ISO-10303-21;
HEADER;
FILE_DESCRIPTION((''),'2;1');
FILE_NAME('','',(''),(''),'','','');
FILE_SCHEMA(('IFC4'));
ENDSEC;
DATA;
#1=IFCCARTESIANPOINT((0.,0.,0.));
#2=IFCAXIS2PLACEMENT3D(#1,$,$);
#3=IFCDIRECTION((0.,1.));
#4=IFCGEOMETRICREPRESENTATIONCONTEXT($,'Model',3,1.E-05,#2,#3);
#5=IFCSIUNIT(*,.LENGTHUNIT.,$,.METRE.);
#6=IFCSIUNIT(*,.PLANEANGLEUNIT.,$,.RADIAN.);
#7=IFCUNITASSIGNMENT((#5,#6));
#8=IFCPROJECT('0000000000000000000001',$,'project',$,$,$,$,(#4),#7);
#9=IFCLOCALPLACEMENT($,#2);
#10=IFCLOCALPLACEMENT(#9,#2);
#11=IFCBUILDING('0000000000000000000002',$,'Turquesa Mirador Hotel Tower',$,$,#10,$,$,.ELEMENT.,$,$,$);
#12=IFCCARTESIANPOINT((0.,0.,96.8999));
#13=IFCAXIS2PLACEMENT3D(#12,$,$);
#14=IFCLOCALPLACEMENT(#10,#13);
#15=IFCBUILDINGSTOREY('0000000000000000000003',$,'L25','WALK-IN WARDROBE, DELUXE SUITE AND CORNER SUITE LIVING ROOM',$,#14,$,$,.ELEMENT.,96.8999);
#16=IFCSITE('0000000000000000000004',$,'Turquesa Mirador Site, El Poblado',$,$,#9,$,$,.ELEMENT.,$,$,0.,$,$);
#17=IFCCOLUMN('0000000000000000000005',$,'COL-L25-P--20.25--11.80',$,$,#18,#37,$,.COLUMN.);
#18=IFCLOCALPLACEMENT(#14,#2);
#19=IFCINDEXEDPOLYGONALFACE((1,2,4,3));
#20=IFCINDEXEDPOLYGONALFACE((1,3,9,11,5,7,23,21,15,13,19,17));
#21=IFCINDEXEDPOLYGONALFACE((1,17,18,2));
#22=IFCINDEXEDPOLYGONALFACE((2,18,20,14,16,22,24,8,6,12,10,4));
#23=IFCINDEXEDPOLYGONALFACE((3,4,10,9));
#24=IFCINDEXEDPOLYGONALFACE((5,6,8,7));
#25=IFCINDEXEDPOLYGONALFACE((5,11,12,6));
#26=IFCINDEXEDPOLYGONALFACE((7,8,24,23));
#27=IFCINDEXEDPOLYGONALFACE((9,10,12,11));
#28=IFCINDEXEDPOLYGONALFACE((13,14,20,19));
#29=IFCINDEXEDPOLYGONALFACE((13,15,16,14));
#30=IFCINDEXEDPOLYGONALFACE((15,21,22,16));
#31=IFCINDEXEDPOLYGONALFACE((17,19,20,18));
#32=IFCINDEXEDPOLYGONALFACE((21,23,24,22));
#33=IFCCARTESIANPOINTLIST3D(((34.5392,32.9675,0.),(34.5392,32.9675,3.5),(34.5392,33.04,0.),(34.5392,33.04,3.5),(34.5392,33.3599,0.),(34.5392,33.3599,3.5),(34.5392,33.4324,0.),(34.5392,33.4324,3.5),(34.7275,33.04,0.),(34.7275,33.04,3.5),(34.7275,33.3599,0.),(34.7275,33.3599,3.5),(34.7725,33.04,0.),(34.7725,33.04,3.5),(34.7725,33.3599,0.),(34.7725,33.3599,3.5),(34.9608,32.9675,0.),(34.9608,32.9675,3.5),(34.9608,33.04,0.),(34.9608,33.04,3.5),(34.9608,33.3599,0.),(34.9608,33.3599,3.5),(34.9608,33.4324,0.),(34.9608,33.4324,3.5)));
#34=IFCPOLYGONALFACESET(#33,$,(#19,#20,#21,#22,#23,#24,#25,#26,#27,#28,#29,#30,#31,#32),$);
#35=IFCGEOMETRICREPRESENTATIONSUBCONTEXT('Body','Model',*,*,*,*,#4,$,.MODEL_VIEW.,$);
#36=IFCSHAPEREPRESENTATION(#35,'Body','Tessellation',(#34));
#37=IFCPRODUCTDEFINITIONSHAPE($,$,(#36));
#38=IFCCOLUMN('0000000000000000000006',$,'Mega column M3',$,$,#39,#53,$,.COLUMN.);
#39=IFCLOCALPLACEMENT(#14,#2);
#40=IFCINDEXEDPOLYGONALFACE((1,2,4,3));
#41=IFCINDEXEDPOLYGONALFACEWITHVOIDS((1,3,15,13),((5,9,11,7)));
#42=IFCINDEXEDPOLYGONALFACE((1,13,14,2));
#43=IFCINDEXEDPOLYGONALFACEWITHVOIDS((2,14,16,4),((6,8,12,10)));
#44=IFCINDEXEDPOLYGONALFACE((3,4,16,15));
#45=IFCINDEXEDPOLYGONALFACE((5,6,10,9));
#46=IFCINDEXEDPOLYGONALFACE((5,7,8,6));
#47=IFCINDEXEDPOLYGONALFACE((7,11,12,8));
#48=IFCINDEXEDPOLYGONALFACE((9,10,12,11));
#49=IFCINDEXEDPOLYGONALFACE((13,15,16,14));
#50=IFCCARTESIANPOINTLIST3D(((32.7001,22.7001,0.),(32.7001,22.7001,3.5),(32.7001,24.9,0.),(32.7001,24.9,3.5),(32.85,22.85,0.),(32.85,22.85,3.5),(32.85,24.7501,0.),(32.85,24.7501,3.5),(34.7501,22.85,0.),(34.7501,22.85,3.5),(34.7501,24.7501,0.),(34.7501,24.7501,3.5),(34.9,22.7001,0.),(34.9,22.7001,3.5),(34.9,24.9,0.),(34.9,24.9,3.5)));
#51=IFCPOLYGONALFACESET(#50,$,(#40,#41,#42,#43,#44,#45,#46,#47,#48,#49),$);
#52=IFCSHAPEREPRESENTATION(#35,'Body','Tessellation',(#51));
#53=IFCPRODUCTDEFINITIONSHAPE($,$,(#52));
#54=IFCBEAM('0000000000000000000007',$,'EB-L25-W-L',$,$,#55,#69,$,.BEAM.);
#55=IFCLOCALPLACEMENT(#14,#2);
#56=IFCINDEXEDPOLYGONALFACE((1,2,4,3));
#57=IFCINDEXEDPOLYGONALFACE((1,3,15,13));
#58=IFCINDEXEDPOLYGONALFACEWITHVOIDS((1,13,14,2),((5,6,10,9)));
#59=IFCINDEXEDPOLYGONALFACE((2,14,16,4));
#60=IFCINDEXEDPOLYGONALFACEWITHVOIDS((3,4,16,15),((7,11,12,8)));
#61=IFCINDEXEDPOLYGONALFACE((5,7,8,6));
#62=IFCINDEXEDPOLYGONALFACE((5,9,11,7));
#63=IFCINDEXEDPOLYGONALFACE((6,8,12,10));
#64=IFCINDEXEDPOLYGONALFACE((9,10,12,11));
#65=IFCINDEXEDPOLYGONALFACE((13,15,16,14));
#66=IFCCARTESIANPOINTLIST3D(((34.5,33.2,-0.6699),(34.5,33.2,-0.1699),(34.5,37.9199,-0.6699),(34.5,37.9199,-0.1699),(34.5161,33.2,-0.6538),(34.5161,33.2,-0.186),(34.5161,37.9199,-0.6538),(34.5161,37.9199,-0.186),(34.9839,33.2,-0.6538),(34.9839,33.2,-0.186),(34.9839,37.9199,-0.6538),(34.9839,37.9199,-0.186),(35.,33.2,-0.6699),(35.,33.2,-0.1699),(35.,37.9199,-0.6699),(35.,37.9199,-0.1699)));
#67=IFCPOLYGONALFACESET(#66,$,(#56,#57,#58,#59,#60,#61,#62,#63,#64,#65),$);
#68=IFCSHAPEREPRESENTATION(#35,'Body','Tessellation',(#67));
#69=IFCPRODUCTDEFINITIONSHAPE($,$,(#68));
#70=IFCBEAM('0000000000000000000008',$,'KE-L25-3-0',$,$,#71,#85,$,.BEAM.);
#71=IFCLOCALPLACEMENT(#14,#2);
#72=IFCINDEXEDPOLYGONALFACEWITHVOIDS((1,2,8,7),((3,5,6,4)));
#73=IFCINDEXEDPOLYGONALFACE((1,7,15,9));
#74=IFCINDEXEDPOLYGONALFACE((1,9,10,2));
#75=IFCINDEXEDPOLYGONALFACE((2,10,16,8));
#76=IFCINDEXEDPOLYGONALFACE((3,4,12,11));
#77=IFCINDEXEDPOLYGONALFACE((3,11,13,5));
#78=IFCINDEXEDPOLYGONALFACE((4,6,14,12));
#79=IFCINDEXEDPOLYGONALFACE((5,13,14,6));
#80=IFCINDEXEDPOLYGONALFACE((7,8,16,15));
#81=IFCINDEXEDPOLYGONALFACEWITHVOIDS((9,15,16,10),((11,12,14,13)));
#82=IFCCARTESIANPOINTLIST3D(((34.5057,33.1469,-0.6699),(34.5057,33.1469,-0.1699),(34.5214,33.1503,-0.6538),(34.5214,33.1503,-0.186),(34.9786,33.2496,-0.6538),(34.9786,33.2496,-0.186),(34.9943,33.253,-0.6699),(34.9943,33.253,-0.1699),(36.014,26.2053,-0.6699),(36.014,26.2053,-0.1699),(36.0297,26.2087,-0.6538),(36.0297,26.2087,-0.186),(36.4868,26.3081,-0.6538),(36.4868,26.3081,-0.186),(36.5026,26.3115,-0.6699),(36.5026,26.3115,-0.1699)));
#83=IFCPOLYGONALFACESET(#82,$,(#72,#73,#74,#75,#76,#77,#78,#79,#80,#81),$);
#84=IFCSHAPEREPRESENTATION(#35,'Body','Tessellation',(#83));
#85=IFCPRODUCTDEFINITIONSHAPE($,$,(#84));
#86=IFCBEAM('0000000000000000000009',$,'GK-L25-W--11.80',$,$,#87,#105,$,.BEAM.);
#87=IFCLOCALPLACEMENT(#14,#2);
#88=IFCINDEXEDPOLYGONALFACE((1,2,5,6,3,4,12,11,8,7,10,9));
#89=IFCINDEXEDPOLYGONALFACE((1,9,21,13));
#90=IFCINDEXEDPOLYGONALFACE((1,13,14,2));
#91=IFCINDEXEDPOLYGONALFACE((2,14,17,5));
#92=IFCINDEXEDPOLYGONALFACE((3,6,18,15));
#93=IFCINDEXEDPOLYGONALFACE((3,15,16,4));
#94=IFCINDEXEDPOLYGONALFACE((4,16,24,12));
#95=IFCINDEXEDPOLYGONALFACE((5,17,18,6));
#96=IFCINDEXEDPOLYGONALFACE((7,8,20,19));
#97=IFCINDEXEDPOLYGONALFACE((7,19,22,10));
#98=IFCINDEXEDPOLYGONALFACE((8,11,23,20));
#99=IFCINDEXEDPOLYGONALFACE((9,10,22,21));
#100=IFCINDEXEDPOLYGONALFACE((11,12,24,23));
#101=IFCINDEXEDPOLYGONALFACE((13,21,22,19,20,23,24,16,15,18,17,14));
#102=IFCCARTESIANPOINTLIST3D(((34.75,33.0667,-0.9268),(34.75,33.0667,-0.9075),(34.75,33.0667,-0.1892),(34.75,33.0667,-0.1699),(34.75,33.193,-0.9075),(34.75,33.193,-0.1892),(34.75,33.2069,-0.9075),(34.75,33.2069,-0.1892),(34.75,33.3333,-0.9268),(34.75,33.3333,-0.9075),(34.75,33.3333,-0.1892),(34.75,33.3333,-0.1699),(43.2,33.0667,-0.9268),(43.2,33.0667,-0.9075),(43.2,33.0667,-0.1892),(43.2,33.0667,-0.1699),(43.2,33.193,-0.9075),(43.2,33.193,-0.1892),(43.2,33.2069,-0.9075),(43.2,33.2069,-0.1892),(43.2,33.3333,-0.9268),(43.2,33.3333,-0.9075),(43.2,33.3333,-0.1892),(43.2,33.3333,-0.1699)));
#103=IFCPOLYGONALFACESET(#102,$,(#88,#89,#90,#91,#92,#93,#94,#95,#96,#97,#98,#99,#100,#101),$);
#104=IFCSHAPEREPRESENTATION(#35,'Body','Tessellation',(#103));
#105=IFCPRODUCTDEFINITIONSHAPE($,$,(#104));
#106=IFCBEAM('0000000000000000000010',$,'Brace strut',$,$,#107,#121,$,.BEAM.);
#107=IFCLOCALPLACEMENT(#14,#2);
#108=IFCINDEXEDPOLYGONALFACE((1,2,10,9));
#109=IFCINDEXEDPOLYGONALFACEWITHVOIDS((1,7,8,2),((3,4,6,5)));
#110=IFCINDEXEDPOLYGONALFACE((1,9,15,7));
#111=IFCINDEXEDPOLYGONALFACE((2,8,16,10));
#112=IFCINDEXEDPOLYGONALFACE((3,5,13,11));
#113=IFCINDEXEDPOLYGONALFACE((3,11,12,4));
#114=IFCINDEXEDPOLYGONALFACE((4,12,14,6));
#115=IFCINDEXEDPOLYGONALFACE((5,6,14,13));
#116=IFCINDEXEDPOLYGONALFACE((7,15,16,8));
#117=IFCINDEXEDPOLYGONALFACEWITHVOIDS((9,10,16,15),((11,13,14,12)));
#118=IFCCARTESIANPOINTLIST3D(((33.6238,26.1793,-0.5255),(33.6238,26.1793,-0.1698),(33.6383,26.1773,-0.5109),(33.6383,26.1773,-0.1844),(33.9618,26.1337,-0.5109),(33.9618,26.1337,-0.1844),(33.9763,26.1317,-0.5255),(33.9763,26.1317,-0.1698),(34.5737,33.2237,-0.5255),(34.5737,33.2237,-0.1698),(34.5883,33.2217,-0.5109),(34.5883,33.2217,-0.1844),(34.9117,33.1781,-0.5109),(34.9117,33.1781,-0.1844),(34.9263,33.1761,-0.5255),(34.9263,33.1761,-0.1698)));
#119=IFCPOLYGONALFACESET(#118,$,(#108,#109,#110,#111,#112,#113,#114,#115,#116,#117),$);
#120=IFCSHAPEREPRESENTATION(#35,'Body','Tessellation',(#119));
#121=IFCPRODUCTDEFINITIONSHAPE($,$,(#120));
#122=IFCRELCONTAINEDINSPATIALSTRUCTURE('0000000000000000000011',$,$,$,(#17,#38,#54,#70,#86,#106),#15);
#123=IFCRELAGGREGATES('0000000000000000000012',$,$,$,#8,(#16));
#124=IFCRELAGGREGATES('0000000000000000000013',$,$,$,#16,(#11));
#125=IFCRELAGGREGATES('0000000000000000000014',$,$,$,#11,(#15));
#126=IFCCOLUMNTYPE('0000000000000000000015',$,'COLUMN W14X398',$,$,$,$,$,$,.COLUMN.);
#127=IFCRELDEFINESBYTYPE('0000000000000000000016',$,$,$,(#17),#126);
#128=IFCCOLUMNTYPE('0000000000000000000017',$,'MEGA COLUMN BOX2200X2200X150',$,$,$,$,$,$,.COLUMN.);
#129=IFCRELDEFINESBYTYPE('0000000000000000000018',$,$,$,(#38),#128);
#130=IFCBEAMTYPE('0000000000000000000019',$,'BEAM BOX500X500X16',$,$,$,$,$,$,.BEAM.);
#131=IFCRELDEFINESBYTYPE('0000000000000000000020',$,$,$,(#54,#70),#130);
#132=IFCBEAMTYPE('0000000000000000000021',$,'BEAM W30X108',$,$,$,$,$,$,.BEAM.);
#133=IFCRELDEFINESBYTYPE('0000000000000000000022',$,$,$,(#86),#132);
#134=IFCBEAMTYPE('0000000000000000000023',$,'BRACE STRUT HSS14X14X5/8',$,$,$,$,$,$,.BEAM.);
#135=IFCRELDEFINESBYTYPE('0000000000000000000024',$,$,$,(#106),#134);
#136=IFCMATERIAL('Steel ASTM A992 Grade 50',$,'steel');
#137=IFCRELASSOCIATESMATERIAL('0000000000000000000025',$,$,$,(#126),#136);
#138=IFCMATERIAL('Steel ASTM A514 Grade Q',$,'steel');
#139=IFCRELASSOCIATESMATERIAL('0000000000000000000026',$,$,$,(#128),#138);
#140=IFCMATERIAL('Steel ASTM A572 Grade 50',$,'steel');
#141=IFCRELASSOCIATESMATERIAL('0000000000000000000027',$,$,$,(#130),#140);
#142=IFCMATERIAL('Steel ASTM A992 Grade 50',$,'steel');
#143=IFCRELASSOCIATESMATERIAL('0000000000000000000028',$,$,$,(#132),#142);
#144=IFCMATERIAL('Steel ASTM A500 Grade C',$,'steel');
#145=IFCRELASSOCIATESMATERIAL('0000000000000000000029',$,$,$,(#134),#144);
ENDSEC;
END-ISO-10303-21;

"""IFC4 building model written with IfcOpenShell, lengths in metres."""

from ifc_helpers import new_model, si_unit, direction, frame, origin, origin_2d, place, context, subcontext, project, spatial, hollow_rectangle, i_section, extrude, material, material_profile, profile_set, type_object, element, save


model = new_model("IFC4")

# Units and contexts
model_context = context("Model", 3, precision=1e-05, world=origin(), true_north=direction((0.0, 1.0)))
body_context = subcontext(model_context, "Body", "Model", "MODEL_VIEW")
ifc_project = project(units=[si_unit("LENGTHUNIT", "METRE"), si_unit("PLANEANGLEUNIT", "RADIAN")], contexts=[model_context])

# Site, building, storey
site_placement = place(None, origin())
site = spatial("IfcSite", under=ifc_project, at=site_placement, Name="Turquesa Mirador Site, El Poblado", CompositionType="ELEMENT", RefElevation=0.0)
building_placement = place(site_placement, origin())
building = spatial("IfcBuilding", under=site, at=building_placement, Name="Turquesa Mirador Hotel Tower", CompositionType="ELEMENT")
storey_placement = place(building_placement, frame((0.0, 0.0, 96.8999)))
storey = spatial("IfcBuildingStorey", under=building, at=storey_placement, Name="L25", Description="WALK-IN WARDROBE, DELUXE SUITE AND CORNER SUITE LIVING ROOM", CompositionType="ELEMENT", Elevation=96.8999)

# Columns
ifc_material_1 = material(Name="Steel ASTM A992 Grade 50", Category="steel")
ifc_material_profile_1 = material_profile(ifc_material_1, i_section(OverallWidth=0.4216, OverallDepth=0.4648, WebThickness=0.0449, FlangeThickness=0.0725, at=origin_2d()), Name="W14X398")
ifc_profile_set_1 = profile_set([ifc_material_profile_1], Name="Steel ASTM A992 Grade 50")
column_type_1 = type_object("IfcColumnType", Name="COLUMN W14X398", PredefinedType="COLUMN", material=ifc_profile_set_1)
column_1_placement = place(storey_placement, frame((34.75, 33.2, 0.0), z_axis=(0.0, 0.0, 1.0), x_axis=(1.0, 0.0, 0.0)))
element("IfcColumn", 1, at=column_1_placement, inside=storey, type_object=column_type_1, Name="COL-L25-P--20.25--11.80", PredefinedType="COLUMN", context=body_context, shape_type="SweptSolid", body=[
    extrude(i_section(OverallWidth=0.4216, OverallDepth=0.4648, WebThickness=0.0449, FlangeThickness=0.0725, at=origin_2d()), origin(), (0.0, 0.0, 1.0), 3.5),
])
ifc_material_2 = material(Name="Steel ASTM A514 Grade Q", Category="steel")
ifc_material_profile_2 = material_profile(ifc_material_2, hollow_rectangle(XDim=2.2, YDim=2.2, WallThickness=0.1499, at=origin_2d()), Name="BOX2200X2200X150")
ifc_profile_set_2 = profile_set([ifc_material_profile_2], Name="Steel ASTM A514 Grade Q")
column_type_2 = type_object("IfcColumnType", Name="MEGA COLUMN BOX2200X2200X150", PredefinedType="COLUMN", material=ifc_profile_set_2)
column_2_placement = place(storey_placement, frame((33.8, 23.8, 0.0), z_axis=(0.0, 0.0, 1.0), x_axis=(1.0, 0.0, 0.0)))
element("IfcColumn", 2, at=column_2_placement, inside=storey, type_object=column_type_2, Name="Mega column M3", PredefinedType="COLUMN", context=body_context, shape_type="SweptSolid", body=[
    extrude(hollow_rectangle(XDim=2.2, YDim=2.2, WallThickness=0.1499, at=origin_2d()), origin(), (0.0, 0.0, 1.0), 3.5),
])

# Beams
ifc_material_3 = material(Name="Steel ASTM A572 Grade 50", Category="steel")
ifc_material_profile_3 = material_profile(ifc_material_3, hollow_rectangle(XDim=0.5, YDim=0.5, WallThickness=0.0161, at=origin_2d()), Name="BOX500X500X16")
ifc_profile_set_3 = profile_set([ifc_material_profile_3], Name="Steel ASTM A572 Grade 50")
beam_type_1 = type_object("IfcBeamType", Name="BEAM BOX500X500X16", PredefinedType="BEAM", material=ifc_profile_set_3)
beam_1_placement = place(storey_placement, frame((34.75, 33.2, -0.4199), z_axis=(0.0, 1.0, 0.0), x_axis=(-1.0, 0.0, 0.0)))
element("IfcBeam", 3, at=beam_1_placement, inside=storey, type_object=beam_type_1, Name="EB-L25-W-L", PredefinedType="BEAM", context=body_context, shape_type="SweptSolid", body=[
    extrude(hollow_rectangle(XDim=0.5, YDim=0.5, WallThickness=0.0161, at=origin_2d()), origin(), (0.0, 0.0, 1.0), 4.72),
])
beam_2_placement = place(storey_placement, frame((34.75, 33.2, -0.4199), z_axis=(0.212328, -0.977198, 0.0), x_axis=(0.977198, 0.212328, 0.0)))
element("IfcBeam", 4, at=beam_2_placement, inside=storey, type_object=beam_type_1, Name="KE-L25-3-0", PredefinedType="BEAM", context=body_context, shape_type="SweptSolid", body=[
    extrude(hollow_rectangle(XDim=0.5, YDim=0.5, WallThickness=0.0161, at=origin_2d()), origin(), (0.0, 0.0, 1.0), 7.1035),
])
ifc_material_4 = material(Name="Steel ASTM A992 Grade 50", Category="steel")
ifc_material_profile_4 = material_profile(ifc_material_4, i_section(OverallWidth=0.2666, OverallDepth=0.7568, WebThickness=0.0139, FlangeThickness=0.0193, at=origin_2d()), Name="W30X108")
ifc_profile_set_4 = profile_set([ifc_material_profile_4], Name="Steel ASTM A992 Grade 50")
beam_type_2 = type_object("IfcBeamType", Name="BEAM W30X108", PredefinedType="BEAM", material=ifc_profile_set_4)
beam_3_placement = place(storey_placement, frame((34.75, 33.2, -0.5483), z_axis=(1.0, 0.0, 0.0), x_axis=(0.0, 1.0, 0.0)))
element("IfcBeam", 5, at=beam_3_placement, inside=storey, type_object=beam_type_2, Name="GK-L25-W--11.80", PredefinedType="BEAM", context=body_context, shape_type="SweptSolid", body=[
    extrude(i_section(OverallWidth=0.2666, OverallDepth=0.7568, WebThickness=0.0139, FlangeThickness=0.0193, at=origin_2d()), origin(), (0.0, 0.0, 1.0), 8.45),
])
ifc_material_5 = material(Name="Steel ASTM A500 Grade C", Category="steel")
ifc_material_profile_5 = material_profile(ifc_material_5, hollow_rectangle(XDim=0.3557, YDim=0.3557, WallThickness=0.0146, at=origin_2d()), Name="HSS14X14X5/8")
ifc_profile_set_5 = profile_set([ifc_material_profile_5], Name="Steel ASTM A500 Grade C")
beam_type_3 = type_object("IfcBeamType", Name="BRACE STRUT HSS14X14X5/8", PredefinedType="BEAM", material=ifc_profile_set_5)
beam_4_placement = place(storey_placement, frame((33.8, 26.1555, -0.3477), z_axis=(0.133642, 0.99103, 0.0), x_axis=(-0.99103, 0.133642, 0.0)))
element("IfcBeam", 6, at=beam_4_placement, inside=storey, type_object=beam_type_3, Name="Brace strut", PredefinedType="BEAM", context=body_context, shape_type="SweptSolid", body=[
    extrude(hollow_rectangle(XDim=0.3557, YDim=0.3557, WallThickness=0.0146, at=origin_2d()), origin(), (0.0, 0.0, 1.0), 7.1082),
])

save(model, "model.ifc")
